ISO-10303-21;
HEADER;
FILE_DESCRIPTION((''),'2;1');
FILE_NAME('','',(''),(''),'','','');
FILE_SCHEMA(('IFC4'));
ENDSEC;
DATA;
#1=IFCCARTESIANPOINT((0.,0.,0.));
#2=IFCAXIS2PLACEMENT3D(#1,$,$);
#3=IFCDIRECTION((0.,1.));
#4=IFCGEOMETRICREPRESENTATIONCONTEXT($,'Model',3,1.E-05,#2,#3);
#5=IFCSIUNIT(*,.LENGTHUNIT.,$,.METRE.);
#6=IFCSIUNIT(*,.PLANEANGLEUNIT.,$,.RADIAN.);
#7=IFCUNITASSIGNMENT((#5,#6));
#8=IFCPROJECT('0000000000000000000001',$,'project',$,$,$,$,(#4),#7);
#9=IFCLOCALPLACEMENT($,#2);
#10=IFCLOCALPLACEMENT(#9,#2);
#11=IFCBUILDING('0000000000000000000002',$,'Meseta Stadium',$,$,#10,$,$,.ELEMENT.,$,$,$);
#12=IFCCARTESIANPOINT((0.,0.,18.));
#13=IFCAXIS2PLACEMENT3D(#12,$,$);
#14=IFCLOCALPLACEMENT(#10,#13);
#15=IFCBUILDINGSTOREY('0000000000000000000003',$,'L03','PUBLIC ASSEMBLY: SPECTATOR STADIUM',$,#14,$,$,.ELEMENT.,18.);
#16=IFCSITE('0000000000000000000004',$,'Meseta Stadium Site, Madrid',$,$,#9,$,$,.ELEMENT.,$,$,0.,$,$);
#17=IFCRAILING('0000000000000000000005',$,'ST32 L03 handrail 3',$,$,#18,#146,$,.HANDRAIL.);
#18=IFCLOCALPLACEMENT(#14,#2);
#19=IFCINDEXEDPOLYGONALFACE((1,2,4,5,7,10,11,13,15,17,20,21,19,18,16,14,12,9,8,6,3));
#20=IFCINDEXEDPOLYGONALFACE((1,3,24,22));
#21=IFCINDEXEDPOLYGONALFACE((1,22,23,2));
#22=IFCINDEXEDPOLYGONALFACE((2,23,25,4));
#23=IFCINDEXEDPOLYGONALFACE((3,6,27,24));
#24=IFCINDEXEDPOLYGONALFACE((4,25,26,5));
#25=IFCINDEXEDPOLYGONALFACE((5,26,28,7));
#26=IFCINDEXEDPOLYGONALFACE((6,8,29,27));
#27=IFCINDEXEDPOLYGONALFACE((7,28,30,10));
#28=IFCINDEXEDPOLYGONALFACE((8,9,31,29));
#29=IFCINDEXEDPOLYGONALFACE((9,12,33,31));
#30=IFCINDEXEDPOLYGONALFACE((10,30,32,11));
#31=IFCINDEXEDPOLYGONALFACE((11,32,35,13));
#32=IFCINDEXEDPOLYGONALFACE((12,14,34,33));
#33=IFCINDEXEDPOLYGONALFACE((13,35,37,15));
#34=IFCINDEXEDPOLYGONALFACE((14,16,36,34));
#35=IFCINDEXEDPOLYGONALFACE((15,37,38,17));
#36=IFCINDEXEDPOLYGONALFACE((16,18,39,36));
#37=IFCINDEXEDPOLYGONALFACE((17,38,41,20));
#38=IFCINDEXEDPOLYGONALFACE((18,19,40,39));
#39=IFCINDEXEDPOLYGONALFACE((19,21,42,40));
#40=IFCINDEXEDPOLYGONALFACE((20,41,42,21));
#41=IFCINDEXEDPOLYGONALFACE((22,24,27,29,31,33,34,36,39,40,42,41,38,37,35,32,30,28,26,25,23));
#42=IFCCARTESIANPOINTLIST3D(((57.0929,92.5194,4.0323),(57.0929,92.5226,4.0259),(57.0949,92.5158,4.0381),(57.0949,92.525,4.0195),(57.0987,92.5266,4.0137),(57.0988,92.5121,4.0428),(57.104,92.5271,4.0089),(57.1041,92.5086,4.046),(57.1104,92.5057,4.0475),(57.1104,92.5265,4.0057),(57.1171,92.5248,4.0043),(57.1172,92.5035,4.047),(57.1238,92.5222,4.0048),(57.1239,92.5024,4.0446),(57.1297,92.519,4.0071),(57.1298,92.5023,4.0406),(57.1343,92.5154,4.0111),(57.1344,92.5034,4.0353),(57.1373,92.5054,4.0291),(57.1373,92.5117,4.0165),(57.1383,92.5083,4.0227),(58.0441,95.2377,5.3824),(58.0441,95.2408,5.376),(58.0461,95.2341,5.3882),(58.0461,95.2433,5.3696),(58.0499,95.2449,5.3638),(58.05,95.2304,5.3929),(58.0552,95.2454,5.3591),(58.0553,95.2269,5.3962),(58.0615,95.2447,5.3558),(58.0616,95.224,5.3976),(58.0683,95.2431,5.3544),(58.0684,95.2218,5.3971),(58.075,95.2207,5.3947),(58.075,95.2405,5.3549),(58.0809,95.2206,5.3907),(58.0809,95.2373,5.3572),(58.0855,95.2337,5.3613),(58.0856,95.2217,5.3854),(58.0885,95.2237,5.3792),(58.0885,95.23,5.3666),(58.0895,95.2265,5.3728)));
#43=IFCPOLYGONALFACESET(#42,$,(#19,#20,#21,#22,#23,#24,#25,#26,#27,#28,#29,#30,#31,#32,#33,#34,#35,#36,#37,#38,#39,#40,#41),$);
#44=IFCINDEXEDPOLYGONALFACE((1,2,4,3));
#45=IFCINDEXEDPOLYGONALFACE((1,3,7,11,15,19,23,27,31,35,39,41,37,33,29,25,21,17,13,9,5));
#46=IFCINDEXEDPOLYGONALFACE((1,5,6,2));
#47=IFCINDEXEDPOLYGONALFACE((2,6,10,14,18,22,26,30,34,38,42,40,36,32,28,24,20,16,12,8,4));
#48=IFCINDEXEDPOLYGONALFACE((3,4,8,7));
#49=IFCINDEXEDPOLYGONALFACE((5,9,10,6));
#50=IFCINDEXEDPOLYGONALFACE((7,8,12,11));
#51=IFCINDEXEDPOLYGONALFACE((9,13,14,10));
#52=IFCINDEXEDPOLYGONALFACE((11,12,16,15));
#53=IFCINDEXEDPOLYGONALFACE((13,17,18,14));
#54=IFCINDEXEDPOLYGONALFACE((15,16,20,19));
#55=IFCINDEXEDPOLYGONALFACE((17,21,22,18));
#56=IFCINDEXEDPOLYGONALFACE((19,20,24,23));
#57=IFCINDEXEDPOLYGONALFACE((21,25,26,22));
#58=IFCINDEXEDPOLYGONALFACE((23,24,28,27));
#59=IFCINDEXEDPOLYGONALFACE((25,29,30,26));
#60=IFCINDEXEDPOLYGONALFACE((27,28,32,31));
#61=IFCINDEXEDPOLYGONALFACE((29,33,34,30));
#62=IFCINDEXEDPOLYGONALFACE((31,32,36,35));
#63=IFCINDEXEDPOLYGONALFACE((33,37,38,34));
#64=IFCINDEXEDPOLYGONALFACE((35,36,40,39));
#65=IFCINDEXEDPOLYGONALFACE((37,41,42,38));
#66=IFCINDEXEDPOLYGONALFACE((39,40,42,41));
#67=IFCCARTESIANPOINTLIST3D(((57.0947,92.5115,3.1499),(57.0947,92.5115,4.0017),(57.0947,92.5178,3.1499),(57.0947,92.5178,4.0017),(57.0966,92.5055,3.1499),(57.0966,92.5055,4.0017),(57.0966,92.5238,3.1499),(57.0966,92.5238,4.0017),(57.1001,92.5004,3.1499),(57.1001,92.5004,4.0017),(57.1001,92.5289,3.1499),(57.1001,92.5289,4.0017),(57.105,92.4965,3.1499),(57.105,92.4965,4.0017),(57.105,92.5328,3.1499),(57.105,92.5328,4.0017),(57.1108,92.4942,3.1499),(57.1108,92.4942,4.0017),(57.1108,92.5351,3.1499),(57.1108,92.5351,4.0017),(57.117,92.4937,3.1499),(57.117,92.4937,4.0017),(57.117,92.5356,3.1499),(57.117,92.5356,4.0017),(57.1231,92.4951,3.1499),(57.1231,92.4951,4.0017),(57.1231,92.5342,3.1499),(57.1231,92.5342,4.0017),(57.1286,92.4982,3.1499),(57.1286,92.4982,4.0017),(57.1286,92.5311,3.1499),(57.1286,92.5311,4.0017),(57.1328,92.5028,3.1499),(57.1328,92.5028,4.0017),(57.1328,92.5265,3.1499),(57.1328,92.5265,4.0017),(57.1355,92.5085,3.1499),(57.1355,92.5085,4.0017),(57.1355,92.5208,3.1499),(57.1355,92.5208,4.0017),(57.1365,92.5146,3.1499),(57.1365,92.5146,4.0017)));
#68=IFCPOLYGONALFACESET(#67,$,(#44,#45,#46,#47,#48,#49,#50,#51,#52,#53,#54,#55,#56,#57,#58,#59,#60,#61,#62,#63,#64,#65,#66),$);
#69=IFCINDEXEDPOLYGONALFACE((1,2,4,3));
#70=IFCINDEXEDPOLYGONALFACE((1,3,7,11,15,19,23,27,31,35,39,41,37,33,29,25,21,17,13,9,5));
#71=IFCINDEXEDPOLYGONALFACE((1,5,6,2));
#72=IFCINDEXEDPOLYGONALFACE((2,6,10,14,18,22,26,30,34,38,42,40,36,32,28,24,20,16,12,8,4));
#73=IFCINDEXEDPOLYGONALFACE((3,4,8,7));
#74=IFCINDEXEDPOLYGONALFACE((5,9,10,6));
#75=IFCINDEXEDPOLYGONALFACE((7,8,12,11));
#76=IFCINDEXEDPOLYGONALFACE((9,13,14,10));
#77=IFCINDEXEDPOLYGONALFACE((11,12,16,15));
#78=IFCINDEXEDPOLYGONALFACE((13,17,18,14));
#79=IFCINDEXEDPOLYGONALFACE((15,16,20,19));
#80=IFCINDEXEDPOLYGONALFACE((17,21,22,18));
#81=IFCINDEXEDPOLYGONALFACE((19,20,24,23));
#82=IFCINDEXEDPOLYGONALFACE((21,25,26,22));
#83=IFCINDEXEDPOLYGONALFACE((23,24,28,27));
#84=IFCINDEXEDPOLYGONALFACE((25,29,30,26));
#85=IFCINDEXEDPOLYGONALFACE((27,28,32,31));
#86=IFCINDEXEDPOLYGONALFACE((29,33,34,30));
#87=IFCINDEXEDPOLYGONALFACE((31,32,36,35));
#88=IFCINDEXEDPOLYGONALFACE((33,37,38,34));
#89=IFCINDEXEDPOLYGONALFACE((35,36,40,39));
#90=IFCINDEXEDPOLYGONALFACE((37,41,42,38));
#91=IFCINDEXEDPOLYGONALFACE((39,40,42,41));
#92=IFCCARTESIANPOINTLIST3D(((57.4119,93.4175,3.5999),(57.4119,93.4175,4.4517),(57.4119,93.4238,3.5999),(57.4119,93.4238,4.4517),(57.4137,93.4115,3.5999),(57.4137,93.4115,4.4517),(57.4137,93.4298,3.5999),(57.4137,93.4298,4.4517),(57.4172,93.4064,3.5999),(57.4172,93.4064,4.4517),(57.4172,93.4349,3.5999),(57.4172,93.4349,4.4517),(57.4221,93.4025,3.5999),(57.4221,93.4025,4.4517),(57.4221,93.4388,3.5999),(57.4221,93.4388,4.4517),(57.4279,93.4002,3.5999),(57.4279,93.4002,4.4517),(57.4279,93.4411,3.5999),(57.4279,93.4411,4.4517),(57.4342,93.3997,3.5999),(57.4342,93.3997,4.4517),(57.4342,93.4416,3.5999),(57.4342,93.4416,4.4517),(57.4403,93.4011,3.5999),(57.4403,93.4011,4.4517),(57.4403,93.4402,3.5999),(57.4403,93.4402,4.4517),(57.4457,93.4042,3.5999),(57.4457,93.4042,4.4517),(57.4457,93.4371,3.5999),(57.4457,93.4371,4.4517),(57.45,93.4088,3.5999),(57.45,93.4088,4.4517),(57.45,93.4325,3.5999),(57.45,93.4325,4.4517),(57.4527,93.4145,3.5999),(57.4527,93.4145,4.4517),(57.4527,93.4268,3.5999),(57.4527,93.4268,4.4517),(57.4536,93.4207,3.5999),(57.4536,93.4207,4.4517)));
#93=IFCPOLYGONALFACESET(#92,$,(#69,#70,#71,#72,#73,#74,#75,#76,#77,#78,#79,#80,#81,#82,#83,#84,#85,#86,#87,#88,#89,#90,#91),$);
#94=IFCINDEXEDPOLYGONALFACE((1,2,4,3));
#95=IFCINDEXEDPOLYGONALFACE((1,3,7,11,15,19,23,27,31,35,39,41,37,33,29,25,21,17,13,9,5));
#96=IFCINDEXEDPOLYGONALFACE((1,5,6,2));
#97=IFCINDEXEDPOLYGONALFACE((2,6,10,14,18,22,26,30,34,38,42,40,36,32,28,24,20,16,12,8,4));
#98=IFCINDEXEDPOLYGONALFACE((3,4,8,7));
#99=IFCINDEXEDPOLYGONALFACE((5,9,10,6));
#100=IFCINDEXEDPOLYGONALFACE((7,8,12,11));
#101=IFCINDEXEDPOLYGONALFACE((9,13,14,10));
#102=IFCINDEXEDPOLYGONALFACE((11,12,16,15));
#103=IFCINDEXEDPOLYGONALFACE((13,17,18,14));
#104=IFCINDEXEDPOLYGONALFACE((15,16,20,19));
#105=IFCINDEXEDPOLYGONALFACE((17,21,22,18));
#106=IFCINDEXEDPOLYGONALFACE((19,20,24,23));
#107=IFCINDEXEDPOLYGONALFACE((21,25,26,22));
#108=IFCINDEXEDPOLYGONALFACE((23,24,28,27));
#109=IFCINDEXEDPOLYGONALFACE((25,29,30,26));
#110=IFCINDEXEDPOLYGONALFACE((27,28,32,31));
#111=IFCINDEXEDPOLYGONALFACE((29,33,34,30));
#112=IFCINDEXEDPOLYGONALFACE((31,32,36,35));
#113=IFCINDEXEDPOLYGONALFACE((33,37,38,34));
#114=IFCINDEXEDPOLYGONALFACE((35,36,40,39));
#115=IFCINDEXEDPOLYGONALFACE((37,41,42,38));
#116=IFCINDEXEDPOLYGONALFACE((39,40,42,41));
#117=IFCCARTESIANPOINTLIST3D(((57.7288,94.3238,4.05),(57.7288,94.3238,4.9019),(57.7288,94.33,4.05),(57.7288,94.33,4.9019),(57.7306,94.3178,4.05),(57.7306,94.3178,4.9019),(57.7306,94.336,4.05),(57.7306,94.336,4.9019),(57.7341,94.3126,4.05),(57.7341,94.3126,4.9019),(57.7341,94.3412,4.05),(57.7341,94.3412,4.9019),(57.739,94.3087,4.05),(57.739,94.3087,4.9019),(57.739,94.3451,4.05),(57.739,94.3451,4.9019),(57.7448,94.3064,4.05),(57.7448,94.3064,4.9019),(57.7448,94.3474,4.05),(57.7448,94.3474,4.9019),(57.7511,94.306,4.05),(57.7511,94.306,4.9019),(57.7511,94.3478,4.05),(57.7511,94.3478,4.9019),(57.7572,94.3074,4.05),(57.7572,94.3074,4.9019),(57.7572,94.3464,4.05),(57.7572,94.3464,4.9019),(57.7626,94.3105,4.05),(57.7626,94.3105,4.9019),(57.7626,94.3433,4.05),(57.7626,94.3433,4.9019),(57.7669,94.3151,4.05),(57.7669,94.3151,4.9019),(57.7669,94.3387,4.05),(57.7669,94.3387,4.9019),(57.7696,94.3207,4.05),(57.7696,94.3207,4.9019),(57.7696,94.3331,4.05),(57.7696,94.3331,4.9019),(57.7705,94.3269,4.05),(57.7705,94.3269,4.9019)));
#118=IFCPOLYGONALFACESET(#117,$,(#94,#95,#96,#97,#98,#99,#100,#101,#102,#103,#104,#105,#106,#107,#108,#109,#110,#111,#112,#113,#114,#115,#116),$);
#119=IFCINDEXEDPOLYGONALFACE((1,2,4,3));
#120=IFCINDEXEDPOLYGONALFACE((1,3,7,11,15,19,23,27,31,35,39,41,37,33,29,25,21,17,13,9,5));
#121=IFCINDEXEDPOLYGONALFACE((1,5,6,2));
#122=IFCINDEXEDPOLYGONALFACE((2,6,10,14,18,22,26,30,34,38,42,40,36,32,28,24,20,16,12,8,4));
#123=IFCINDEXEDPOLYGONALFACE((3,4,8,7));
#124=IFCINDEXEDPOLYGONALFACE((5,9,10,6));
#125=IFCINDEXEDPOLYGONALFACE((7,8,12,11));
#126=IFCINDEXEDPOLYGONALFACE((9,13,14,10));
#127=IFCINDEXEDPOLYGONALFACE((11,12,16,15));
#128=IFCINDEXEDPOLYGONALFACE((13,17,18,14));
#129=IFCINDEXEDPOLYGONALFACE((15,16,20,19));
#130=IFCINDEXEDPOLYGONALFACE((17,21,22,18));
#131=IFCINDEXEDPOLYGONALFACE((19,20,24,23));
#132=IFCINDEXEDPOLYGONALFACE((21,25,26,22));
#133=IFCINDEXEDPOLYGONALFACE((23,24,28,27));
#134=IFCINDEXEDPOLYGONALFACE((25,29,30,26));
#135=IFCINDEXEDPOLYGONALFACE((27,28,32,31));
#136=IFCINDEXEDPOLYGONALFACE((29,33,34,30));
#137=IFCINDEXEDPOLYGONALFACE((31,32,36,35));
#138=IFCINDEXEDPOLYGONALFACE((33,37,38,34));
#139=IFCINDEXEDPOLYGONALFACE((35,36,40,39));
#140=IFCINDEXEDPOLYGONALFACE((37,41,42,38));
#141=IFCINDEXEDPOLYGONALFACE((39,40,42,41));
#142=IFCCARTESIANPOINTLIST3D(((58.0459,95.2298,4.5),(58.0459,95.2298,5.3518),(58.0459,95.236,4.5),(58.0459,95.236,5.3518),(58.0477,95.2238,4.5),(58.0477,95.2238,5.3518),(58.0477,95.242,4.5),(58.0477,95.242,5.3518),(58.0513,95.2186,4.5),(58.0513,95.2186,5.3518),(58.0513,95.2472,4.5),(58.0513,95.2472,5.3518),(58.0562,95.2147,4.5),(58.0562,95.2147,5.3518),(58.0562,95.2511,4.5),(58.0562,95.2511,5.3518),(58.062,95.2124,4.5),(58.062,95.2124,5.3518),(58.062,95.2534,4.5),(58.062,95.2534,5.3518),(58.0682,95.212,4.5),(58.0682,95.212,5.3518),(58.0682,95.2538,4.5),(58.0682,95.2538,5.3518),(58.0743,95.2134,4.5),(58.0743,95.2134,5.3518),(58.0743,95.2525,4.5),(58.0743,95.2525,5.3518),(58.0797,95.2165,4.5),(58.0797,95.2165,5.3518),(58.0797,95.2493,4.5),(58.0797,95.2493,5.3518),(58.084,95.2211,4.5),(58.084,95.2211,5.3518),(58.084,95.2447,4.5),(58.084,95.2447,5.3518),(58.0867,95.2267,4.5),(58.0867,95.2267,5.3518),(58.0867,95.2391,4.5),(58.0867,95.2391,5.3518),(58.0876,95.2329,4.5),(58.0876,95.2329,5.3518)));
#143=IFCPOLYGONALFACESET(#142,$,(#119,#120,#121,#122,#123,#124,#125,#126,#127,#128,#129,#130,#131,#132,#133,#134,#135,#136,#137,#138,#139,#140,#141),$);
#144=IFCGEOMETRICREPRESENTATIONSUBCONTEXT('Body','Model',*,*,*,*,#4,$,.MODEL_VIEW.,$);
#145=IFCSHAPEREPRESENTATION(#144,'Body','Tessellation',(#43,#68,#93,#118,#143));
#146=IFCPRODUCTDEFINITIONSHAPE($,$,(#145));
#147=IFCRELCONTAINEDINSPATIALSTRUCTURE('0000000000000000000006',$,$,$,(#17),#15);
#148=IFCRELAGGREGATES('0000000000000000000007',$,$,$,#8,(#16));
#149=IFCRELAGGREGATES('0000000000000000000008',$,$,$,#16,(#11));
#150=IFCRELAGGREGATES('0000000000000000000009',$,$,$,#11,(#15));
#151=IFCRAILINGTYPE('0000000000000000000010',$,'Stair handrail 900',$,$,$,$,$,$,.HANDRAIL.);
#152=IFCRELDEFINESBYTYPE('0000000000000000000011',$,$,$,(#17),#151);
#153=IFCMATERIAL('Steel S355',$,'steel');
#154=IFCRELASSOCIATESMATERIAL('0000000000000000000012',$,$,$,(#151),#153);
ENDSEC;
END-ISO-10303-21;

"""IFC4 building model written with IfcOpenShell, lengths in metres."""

from ifc_helpers import new_model, si_unit, direction, frame, origin, origin_2d, place, context, subcontext, project, spatial, circle, extrude, material, type_object, element, save


model = new_model("IFC4")

# Units and contexts
model_context = context("Model", 3, precision=1e-05, world=origin(), true_north=direction((0.0, 1.0)))
body_context = subcontext(model_context, "Body", "Model", "MODEL_VIEW")
ifc_project = project(units=[si_unit("LENGTHUNIT", "METRE"), si_unit("PLANEANGLEUNIT", "RADIAN")], contexts=[model_context])

# Site, building, storey
site_placement = place(None, origin())
site = spatial("IfcSite", under=ifc_project, at=site_placement, Name="Meseta Stadium Site, Madrid", CompositionType="ELEMENT", RefElevation=0.0)
building_placement = place(site_placement, origin())
building = spatial("IfcBuilding", under=site, at=building_placement, Name="Meseta Stadium", CompositionType="ELEMENT")
storey_placement = place(building_placement, frame((0.0, 0.0, 18.0)))
storey = spatial("IfcBuildingStorey", under=building, at=storey_placement, Name="L03", Description="PUBLIC ASSEMBLY: SPECTATOR STADIUM", CompositionType="ELEMENT", Elevation=18.0)

# Railing
ifc_material_1 = material(Name="Steel S355", Category="steel")
railing_type_1 = type_object("IfcRailingType", Name="Stair handrail 900", PredefinedType="HANDRAIL", material=ifc_material_1)
for number, where, name in (
    (1, (57.1155, 92.5146, 3.1499), "ST32 L03 handrail 3"),
):
    element("IfcRailing", number, at=place(storey_placement, frame(where)), inside=storey, type_object=railing_type_1, Name=name, PredefinedType="HANDRAIL", context=body_context, shape_type="SweptSolid", body=[
        extrude(circle(Radius=0.0239, at=origin_2d()), frame((0.0, 0.0, 0.876), z_axis=(0.299051, 0.854629, 0.424474), x_axis=(-0.943882, 0.330282, 0.0)), (0.0, 0.0, 1.0), 3.1807),
        extrude(circle(Radius=0.021, at=origin_2d()), origin(), (0.0, 0.0, 1.0), 0.8518),
        extrude(circle(Radius=0.021, at=origin_2d()), frame((0.3171, 0.906, 0.45)), (0.0, 0.0, 1.0), 0.8518),
        extrude(circle(Radius=0.021, at=origin_2d()), frame((0.634, 1.8123, 0.9001)), (0.0, 0.0, 1.0), 0.8518),
        extrude(circle(Radius=0.021, at=origin_2d()), frame((0.9512, 2.7183, 1.3501)), (0.0, 0.0, 1.0), 0.8518),
    ])

save(model, "model.ifc")
